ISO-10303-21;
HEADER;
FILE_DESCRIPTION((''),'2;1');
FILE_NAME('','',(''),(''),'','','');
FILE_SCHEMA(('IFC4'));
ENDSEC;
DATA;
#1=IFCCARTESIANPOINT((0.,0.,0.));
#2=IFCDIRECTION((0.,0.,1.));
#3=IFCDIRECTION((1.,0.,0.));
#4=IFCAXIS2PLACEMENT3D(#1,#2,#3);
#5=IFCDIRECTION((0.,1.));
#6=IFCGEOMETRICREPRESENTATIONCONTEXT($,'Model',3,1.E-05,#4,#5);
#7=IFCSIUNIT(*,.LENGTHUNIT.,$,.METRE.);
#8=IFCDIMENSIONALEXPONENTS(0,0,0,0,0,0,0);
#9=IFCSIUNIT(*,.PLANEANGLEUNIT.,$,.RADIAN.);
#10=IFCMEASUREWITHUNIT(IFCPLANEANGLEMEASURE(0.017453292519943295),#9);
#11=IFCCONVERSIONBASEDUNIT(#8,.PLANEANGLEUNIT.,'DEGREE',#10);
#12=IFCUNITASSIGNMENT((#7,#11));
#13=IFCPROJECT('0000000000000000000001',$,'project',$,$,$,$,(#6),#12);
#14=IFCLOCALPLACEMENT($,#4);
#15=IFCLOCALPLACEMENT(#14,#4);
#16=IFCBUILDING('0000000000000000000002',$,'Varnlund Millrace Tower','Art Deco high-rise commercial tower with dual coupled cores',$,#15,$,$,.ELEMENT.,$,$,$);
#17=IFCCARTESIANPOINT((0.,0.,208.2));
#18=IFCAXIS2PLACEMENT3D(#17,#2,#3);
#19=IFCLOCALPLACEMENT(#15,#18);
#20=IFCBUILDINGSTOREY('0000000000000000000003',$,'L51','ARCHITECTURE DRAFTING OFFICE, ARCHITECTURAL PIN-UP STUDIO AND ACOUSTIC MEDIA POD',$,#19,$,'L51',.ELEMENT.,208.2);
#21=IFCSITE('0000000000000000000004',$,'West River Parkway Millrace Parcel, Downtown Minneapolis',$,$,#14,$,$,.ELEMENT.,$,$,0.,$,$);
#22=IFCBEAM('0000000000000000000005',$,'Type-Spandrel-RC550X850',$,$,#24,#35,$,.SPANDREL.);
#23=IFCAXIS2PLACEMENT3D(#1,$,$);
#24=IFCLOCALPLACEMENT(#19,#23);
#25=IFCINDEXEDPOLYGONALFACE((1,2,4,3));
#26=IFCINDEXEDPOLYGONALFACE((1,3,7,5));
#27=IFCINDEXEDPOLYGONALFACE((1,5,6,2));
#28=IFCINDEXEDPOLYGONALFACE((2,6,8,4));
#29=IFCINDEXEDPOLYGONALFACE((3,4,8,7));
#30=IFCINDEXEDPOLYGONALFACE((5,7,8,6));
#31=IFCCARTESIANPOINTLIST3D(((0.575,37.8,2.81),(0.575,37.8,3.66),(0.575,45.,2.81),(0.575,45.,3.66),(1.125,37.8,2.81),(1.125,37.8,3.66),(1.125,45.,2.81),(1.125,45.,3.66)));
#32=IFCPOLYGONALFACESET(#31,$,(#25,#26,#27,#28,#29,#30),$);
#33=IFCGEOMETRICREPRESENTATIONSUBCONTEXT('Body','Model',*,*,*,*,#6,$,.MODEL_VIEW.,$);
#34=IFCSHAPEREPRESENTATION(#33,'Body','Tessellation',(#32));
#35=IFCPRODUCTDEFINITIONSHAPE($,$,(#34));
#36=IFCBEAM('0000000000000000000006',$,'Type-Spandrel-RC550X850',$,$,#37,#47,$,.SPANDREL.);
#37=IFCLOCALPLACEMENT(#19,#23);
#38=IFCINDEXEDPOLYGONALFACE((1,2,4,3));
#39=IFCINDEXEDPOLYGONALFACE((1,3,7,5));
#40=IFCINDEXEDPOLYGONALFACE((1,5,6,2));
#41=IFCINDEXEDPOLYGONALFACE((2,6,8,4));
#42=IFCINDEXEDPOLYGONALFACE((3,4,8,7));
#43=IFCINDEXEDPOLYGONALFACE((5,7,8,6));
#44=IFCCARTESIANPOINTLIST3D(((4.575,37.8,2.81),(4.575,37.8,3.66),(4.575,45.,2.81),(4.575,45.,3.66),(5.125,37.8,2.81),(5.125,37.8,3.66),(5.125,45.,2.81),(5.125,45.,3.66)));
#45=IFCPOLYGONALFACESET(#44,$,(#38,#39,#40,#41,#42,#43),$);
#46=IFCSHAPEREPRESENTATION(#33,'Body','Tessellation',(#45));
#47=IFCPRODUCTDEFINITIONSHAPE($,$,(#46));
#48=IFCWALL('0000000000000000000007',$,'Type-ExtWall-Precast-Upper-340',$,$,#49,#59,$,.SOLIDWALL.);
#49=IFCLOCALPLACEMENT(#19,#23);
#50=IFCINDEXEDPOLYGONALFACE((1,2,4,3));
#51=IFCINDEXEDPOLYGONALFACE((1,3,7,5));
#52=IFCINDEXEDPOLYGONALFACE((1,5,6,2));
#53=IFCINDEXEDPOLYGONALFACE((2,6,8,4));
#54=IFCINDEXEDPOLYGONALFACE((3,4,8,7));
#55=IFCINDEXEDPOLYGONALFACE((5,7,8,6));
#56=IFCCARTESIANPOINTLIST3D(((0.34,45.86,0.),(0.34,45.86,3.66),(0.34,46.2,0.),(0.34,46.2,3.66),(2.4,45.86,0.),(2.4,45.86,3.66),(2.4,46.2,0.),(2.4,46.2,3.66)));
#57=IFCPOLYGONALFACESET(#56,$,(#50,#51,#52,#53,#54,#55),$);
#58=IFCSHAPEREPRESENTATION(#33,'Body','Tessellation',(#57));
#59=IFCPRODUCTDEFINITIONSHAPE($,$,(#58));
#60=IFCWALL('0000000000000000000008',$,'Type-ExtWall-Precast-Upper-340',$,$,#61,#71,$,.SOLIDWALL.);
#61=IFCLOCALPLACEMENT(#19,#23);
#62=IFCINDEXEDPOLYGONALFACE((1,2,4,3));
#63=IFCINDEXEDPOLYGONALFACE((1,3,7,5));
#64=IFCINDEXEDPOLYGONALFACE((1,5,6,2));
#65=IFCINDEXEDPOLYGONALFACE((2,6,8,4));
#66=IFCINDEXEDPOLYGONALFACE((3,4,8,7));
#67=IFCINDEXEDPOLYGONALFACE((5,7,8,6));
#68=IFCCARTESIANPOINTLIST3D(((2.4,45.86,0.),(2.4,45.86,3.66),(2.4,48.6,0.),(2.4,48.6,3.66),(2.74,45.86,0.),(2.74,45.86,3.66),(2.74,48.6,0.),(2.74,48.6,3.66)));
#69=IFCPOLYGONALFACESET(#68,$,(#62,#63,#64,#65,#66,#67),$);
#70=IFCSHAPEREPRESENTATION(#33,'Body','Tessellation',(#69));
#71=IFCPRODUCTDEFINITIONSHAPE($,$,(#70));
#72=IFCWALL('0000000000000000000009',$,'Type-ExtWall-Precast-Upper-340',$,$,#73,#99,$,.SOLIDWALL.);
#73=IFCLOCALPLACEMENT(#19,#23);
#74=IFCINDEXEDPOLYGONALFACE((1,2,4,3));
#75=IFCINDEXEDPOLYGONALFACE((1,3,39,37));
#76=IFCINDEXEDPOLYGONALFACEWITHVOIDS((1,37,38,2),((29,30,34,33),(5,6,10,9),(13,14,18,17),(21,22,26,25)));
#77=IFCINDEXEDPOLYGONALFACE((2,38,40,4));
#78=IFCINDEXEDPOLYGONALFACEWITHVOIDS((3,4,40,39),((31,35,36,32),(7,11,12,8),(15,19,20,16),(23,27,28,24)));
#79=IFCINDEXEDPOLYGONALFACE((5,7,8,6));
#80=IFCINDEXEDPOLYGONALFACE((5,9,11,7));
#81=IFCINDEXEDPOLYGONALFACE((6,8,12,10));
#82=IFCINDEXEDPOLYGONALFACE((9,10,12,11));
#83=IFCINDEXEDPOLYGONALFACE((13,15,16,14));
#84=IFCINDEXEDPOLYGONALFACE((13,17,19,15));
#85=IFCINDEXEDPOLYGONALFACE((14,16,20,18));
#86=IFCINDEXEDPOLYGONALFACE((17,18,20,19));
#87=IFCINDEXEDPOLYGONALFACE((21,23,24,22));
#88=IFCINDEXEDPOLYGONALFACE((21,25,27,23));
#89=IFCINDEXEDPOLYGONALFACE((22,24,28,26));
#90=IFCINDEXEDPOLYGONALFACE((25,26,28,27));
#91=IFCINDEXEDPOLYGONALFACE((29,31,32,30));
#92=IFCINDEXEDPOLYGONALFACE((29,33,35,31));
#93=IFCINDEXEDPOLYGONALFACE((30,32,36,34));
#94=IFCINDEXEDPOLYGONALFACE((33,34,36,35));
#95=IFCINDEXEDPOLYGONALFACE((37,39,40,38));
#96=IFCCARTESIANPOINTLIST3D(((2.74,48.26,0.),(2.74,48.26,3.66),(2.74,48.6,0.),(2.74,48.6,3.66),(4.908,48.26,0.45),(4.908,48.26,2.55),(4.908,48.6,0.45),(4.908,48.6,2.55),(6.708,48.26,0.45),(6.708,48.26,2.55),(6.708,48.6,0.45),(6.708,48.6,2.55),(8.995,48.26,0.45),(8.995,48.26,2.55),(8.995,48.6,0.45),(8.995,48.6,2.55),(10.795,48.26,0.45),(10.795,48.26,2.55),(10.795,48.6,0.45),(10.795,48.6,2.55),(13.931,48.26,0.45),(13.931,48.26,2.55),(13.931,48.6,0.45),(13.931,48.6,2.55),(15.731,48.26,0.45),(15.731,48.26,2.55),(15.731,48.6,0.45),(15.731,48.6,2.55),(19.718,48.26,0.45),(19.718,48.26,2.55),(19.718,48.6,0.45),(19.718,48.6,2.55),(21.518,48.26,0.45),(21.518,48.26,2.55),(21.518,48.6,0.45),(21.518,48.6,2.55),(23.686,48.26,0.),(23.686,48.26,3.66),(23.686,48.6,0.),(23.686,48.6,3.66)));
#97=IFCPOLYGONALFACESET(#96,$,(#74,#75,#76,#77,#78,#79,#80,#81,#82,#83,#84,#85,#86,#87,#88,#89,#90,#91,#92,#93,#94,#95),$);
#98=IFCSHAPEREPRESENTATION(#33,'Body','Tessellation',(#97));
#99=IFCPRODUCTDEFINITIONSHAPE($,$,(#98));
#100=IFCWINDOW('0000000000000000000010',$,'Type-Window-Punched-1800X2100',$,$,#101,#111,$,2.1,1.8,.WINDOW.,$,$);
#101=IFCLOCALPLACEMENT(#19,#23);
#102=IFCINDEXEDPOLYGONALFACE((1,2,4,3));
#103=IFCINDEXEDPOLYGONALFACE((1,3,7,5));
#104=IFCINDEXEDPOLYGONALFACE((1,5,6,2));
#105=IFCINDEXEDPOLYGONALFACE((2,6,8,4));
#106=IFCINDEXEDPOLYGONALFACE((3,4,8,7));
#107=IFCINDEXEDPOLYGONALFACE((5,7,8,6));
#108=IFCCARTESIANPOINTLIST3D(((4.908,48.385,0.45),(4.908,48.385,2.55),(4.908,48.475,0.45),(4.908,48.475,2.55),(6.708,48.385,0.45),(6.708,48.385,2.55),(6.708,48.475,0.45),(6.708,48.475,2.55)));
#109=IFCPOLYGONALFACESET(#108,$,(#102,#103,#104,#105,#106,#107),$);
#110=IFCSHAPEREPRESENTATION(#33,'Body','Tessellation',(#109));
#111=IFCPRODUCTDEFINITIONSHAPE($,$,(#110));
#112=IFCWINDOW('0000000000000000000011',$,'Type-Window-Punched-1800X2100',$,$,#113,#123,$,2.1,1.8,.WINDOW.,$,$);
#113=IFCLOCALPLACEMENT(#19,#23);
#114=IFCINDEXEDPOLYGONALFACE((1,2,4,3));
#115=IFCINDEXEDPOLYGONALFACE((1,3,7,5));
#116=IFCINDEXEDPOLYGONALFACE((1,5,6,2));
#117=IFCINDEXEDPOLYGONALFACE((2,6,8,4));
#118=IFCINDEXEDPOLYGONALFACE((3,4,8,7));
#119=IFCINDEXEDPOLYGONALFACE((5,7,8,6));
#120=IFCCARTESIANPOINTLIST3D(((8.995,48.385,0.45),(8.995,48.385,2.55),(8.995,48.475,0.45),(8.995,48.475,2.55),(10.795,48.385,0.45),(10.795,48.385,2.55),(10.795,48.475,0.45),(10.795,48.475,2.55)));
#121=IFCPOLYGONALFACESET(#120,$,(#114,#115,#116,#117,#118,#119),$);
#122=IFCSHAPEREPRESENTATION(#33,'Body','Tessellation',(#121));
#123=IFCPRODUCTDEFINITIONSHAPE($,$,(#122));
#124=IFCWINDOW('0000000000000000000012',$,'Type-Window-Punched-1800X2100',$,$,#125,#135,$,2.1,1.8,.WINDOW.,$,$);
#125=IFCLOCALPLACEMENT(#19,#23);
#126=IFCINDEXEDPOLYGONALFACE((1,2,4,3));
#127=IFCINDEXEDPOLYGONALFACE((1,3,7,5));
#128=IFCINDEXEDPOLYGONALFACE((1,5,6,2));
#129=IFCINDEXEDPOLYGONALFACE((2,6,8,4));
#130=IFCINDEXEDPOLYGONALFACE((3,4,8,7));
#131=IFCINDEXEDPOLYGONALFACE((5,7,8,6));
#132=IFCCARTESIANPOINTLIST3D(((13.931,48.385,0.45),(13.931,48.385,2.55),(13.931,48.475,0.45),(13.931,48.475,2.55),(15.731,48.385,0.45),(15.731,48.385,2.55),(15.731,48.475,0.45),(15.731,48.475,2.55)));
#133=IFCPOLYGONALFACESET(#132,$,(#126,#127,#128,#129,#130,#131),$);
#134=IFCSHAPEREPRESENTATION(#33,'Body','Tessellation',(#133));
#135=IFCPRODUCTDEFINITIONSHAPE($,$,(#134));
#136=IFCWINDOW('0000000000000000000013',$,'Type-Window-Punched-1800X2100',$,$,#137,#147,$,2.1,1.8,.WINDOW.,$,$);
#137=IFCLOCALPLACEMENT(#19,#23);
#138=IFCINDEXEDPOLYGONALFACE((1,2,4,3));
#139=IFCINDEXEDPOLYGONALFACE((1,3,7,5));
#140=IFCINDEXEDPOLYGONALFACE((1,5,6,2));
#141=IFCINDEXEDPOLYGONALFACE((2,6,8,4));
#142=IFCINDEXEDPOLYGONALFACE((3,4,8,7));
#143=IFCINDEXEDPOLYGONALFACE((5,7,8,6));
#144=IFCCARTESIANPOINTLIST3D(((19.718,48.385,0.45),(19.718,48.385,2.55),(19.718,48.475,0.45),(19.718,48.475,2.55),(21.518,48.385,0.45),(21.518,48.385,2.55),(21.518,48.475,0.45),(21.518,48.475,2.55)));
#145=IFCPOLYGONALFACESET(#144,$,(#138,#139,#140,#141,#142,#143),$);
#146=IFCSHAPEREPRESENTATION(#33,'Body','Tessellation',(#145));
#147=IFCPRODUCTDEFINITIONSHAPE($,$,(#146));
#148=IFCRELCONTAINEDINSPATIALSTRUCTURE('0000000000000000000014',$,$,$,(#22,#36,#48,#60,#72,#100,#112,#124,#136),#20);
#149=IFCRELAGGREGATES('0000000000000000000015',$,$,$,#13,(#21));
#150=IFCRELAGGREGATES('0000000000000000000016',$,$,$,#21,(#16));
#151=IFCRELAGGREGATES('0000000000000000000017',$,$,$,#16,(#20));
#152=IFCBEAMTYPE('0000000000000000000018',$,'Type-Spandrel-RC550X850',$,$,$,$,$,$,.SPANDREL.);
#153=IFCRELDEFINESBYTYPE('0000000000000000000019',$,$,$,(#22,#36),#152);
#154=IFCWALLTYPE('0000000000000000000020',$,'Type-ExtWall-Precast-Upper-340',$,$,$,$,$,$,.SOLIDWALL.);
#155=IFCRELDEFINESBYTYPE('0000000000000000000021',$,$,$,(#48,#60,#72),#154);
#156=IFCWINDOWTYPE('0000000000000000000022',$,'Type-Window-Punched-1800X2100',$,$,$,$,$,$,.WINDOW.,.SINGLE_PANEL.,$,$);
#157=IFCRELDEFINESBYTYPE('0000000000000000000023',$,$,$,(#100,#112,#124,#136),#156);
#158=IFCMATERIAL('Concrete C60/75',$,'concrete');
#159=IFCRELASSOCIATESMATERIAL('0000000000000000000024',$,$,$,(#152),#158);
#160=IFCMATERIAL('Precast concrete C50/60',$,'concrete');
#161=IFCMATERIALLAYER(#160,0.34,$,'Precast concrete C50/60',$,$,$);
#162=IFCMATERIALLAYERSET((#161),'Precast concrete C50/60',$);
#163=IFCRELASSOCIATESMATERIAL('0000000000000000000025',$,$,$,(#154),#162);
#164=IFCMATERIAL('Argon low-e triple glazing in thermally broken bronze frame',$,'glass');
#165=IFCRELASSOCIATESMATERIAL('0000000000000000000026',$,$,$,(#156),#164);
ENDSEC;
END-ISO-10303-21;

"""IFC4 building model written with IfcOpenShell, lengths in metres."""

from ifc_helpers import new_model, entity, si_unit, converted_unit, direction, frame, origin_with_axes, origin_2d_with_axis, place, context, subcontext, project, spatial, polyline, rectangle, outline, extrude, material, layer, layer_set, material_profile, profile_set, type_object, element, fill, save


model = new_model("IFC4")

# Units and contexts
model_context = context("Model", 3, precision=1e-05, world=origin_with_axes(), true_north=direction((0.0, 1.0)))
body_context = subcontext(model_context, "Body", "Model", "MODEL_VIEW")
ifc_project = project(units=[si_unit("LENGTHUNIT", "METRE"), converted_unit("PLANEANGLEUNIT", "DEGREE", entity("IfcPlaneAngleMeasure", 0.017453292519943295), si_unit("PLANEANGLEUNIT", "RADIAN"), dimensions=[0, 0, 0, 0, 0, 0, 0])], contexts=[model_context])

# Site, building, storey
site_placement = place(None, origin_with_axes())
site = spatial("IfcSite", under=ifc_project, at=site_placement, Name="West River Parkway Millrace Parcel, Downtown Minneapolis", CompositionType="ELEMENT", RefElevation=0.0)
building_placement = place(site_placement, origin_with_axes())
building = spatial("IfcBuilding", under=site, at=building_placement, Name="Varnlund Millrace Tower", Description="Art Deco high-rise commercial tower with dual coupled cores", CompositionType="ELEMENT")
storey_placement = place(building_placement, frame((0.0, 0.0, 208.2), z_axis=(0.0, 0.0, 1.0), x_axis=(1.0, 0.0, 0.0)))
storey = spatial("IfcBuildingStorey", under=building, at=storey_placement, Name="L51", Description="ARCHITECTURE DRAFTING OFFICE, ARCHITECTURAL PIN-UP STUDIO AND ACOUSTIC MEDIA POD", LongName="L51", CompositionType="ELEMENT", Elevation=208.2)

# Beams
ifc_material_1 = material(Name="Concrete C60/75", Category="concrete")
ifc_material_profile_1 = material_profile(ifc_material_1, rectangle(XDim=0.55, YDim=0.85, at=origin_2d_with_axis()), Name="Concrete C60/75")
ifc_profile_set_1 = profile_set([ifc_material_profile_1], Name="Concrete C60/75")
beam_type_1 = type_object("IfcBeamType", Name="Type-Spandrel-RC550X850", PredefinedType="SPANDREL", material=ifc_profile_set_1)
for number, where, z_axis, x_axis, name in (
    (1, (0.85, 37.8, 3.235), (0.0, 1.0, 0.0), (-1.0, 0.0, 0.0), "Type-Spandrel-RC550X850"),
    (2, (4.85, 37.8, 3.235), (0.0, 1.0, 0.0), (-1.0, 0.0, 0.0), "Type-Spandrel-RC550X850"),
):
    element("IfcBeam", number, at=place(storey_placement, frame(where, z_axis=z_axis, x_axis=x_axis)), inside=storey, type_object=beam_type_1, Name=name, PredefinedType="SPANDREL", context=body_context, shape_type="SweptSolid", body=[
        extrude(rectangle(XDim=0.55, YDim=0.85, at=origin_2d_with_axis()), origin_with_axes(), (0.0, 0.0, 1.0), 7.2),
    ])

# Walls
ifc_material_2 = material(Name="Precast concrete C50/60", Category="concrete")
ifc_layer = layer(ifc_material_2, 0.34, Name="Precast concrete C50/60")
ifc_layer_set = layer_set([ifc_layer], Name="Precast concrete C50/60")
wall_type = type_object("IfcWallType", Name="Type-ExtWall-Precast-Upper-340", PredefinedType="SOLIDWALL", material=ifc_layer_set)
wall_1_placement = place(storey_placement, frame((0.34, 46.03, 0.0), z_axis=(0.0, 0.0, 1.0), x_axis=(1.0, 0.0, 0.0)))
element("IfcWall", 3, at=wall_1_placement, inside=storey, type_object=wall_type, Name="Type-ExtWall-Precast-Upper-340", PredefinedType="SOLIDWALL", context=body_context, shape_type="SweptSolid", body=[
    extrude(outline(polyline([(0.0, -0.17), (2.06, -0.17), (2.06, 0.17), (0.0, 0.17), (0.0, -0.17)])), origin_with_axes(), (0.0, 0.0, 1.0), 3.66),
])
wall_2_placement = place(storey_placement, frame((2.57, 45.86, 0.0), z_axis=(0.0, 0.0, 1.0), x_axis=(0.0, 1.0, 0.0)))
element("IfcWall", 4, at=wall_2_placement, inside=storey, type_object=wall_type, Name="Type-ExtWall-Precast-Upper-340", PredefinedType="SOLIDWALL", context=body_context, shape_type="SweptSolid", body=[
    extrude(outline(polyline([(0.0, -0.17), (2.74, -0.17), (2.74, 0.17), (0.0, 0.17), (0.0, -0.17)])), origin_with_axes(), (0.0, 0.0, 1.0), 3.66),
])

# Wall, openings, windows
wall_3_placement = place(storey_placement, frame((2.74, 48.43, 0.0), z_axis=(0.0, 0.0, 1.0), x_axis=(1.0, 0.0, 0.0)))
wall_3 = element("IfcWall", 5, at=wall_3_placement, inside=storey, type_object=wall_type, Name="Type-ExtWall-Precast-Upper-340", PredefinedType="SOLIDWALL", context=body_context, shape_type="SweptSolid", body=[
    extrude(outline(polyline([(0.0, -0.17), (20.946, -0.17), (20.946, 0.17), (0.0, 0.17), (0.0, -0.17)])), origin_with_axes(), (0.0, 0.0, 1.0), 3.66),
])
opening_1_placement = place(wall_3_placement, frame((3.068, 0.0, 0.45), z_axis=(0.0, 0.0, 1.0), x_axis=(1.0, 0.0, 0.0)))
opening_1 = element("IfcOpeningElement", 6, at=opening_1_placement, cuts=wall_3, PredefinedType="OPENING", context=body_context, shape_type="SweptSolid", body=[
    extrude(rectangle(XDim=1.8, YDim=0.36, at=origin_2d_with_axis()), origin_with_axes(), (0.0, 0.0, 1.0), 2.1),
])
opening_2_placement = place(wall_3_placement, frame((7.155, 0.0, 0.45), z_axis=(0.0, 0.0, 1.0), x_axis=(1.0, 0.0, 0.0)))
opening_2 = element("IfcOpeningElement", 7, at=opening_2_placement, cuts=wall_3, PredefinedType="OPENING", context=body_context, shape_type="SweptSolid", body=[
    extrude(rectangle(XDim=1.8, YDim=0.36, at=origin_2d_with_axis()), origin_with_axes(), (0.0, 0.0, 1.0), 2.1),
])
opening_3_placement = place(wall_3_placement, frame((12.091, 0.0, 0.45), z_axis=(0.0, 0.0, 1.0), x_axis=(1.0, 0.0, 0.0)))
opening_3 = element("IfcOpeningElement", 8, at=opening_3_placement, cuts=wall_3, PredefinedType="OPENING", context=body_context, shape_type="SweptSolid", body=[
    extrude(rectangle(XDim=1.8, YDim=0.36, at=origin_2d_with_axis()), origin_with_axes(), (0.0, 0.0, 1.0), 2.1),
])
opening_4_placement = place(wall_3_placement, frame((17.878, 0.0, 0.45), z_axis=(0.0, 0.0, 1.0), x_axis=(1.0, 0.0, 0.0)))
opening_4 = element("IfcOpeningElement", 9, at=opening_4_placement, cuts=wall_3, PredefinedType="OPENING", context=body_context, shape_type="SweptSolid", body=[
    extrude(rectangle(XDim=1.8, YDim=0.36, at=origin_2d_with_axis()), origin_with_axes(), (0.0, 0.0, 1.0), 2.1),
])
ifc_material_3 = material(Name="Argon low-e triple glazing in thermally broken bronze frame", Category="glass")
window_type = type_object("IfcWindowType", Name="Type-Window-Punched-1800X2100", PartitioningType="SINGLE_PANEL", PredefinedType="WINDOW", material=ifc_material_3)
window_1_placement = place(wall_3_placement, frame((3.068, 0.0, 0.45), z_axis=(0.0, 0.0, 1.0), x_axis=(1.0, 0.0, 0.0)))
window_1 = element("IfcWindow", 10, at=window_1_placement, inside=storey, type_object=window_type, Name="Type-Window-Punched-1800X2100", OverallHeight=2.1, OverallWidth=1.8, PredefinedType="WINDOW", context=body_context, shape_type="SweptSolid", body=[
    extrude(rectangle(XDim=1.8, YDim=0.09, at=origin_2d_with_axis()), origin_with_axes(), (0.0, 0.0, 1.0), 2.1),
])
fill(opening_1, window_1)
window_2_placement = place(wall_3_placement, frame((7.155, 0.0, 0.45), z_axis=(0.0, 0.0, 1.0), x_axis=(1.0, 0.0, 0.0)))
window_2 = element("IfcWindow", 11, at=window_2_placement, inside=storey, type_object=window_type, Name="Type-Window-Punched-1800X2100", OverallHeight=2.1, OverallWidth=1.8, PredefinedType="WINDOW", context=body_context, shape_type="SweptSolid", body=[
    extrude(rectangle(XDim=1.8, YDim=0.09, at=origin_2d_with_axis()), origin_with_axes(), (0.0, 0.0, 1.0), 2.1),
])
fill(opening_2, window_2)
window_3_placement = place(wall_3_placement, frame((12.091, 0.0, 0.45), z_axis=(0.0, 0.0, 1.0), x_axis=(1.0, 0.0, 0.0)))
window_3 = element("IfcWindow", 12, at=window_3_placement, inside=storey, type_object=window_type, Name="Type-Window-Punched-1800X2100", OverallHeight=2.1, OverallWidth=1.8, PredefinedType="WINDOW", context=body_context, shape_type="SweptSolid", body=[
    extrude(rectangle(XDim=1.8, YDim=0.09, at=origin_2d_with_axis()), origin_with_axes(), (0.0, 0.0, 1.0), 2.1),
])
fill(opening_3, window_3)
window_4_placement = place(wall_3_placement, frame((17.878, 0.0, 0.45), z_axis=(0.0, 0.0, 1.0), x_axis=(1.0, 0.0, 0.0)))
window_4 = element("IfcWindow", 13, at=window_4_placement, inside=storey, type_object=window_type, Name="Type-Window-Punched-1800X2100", OverallHeight=2.1, OverallWidth=1.8, PredefinedType="WINDOW", context=body_context, shape_type="SweptSolid", body=[
    extrude(rectangle(XDim=1.8, YDim=0.09, at=origin_2d_with_axis()), origin_with_axes(), (0.0, 0.0, 1.0), 2.1),
])
fill(opening_4, window_4)

save(model, "model.ifc")
